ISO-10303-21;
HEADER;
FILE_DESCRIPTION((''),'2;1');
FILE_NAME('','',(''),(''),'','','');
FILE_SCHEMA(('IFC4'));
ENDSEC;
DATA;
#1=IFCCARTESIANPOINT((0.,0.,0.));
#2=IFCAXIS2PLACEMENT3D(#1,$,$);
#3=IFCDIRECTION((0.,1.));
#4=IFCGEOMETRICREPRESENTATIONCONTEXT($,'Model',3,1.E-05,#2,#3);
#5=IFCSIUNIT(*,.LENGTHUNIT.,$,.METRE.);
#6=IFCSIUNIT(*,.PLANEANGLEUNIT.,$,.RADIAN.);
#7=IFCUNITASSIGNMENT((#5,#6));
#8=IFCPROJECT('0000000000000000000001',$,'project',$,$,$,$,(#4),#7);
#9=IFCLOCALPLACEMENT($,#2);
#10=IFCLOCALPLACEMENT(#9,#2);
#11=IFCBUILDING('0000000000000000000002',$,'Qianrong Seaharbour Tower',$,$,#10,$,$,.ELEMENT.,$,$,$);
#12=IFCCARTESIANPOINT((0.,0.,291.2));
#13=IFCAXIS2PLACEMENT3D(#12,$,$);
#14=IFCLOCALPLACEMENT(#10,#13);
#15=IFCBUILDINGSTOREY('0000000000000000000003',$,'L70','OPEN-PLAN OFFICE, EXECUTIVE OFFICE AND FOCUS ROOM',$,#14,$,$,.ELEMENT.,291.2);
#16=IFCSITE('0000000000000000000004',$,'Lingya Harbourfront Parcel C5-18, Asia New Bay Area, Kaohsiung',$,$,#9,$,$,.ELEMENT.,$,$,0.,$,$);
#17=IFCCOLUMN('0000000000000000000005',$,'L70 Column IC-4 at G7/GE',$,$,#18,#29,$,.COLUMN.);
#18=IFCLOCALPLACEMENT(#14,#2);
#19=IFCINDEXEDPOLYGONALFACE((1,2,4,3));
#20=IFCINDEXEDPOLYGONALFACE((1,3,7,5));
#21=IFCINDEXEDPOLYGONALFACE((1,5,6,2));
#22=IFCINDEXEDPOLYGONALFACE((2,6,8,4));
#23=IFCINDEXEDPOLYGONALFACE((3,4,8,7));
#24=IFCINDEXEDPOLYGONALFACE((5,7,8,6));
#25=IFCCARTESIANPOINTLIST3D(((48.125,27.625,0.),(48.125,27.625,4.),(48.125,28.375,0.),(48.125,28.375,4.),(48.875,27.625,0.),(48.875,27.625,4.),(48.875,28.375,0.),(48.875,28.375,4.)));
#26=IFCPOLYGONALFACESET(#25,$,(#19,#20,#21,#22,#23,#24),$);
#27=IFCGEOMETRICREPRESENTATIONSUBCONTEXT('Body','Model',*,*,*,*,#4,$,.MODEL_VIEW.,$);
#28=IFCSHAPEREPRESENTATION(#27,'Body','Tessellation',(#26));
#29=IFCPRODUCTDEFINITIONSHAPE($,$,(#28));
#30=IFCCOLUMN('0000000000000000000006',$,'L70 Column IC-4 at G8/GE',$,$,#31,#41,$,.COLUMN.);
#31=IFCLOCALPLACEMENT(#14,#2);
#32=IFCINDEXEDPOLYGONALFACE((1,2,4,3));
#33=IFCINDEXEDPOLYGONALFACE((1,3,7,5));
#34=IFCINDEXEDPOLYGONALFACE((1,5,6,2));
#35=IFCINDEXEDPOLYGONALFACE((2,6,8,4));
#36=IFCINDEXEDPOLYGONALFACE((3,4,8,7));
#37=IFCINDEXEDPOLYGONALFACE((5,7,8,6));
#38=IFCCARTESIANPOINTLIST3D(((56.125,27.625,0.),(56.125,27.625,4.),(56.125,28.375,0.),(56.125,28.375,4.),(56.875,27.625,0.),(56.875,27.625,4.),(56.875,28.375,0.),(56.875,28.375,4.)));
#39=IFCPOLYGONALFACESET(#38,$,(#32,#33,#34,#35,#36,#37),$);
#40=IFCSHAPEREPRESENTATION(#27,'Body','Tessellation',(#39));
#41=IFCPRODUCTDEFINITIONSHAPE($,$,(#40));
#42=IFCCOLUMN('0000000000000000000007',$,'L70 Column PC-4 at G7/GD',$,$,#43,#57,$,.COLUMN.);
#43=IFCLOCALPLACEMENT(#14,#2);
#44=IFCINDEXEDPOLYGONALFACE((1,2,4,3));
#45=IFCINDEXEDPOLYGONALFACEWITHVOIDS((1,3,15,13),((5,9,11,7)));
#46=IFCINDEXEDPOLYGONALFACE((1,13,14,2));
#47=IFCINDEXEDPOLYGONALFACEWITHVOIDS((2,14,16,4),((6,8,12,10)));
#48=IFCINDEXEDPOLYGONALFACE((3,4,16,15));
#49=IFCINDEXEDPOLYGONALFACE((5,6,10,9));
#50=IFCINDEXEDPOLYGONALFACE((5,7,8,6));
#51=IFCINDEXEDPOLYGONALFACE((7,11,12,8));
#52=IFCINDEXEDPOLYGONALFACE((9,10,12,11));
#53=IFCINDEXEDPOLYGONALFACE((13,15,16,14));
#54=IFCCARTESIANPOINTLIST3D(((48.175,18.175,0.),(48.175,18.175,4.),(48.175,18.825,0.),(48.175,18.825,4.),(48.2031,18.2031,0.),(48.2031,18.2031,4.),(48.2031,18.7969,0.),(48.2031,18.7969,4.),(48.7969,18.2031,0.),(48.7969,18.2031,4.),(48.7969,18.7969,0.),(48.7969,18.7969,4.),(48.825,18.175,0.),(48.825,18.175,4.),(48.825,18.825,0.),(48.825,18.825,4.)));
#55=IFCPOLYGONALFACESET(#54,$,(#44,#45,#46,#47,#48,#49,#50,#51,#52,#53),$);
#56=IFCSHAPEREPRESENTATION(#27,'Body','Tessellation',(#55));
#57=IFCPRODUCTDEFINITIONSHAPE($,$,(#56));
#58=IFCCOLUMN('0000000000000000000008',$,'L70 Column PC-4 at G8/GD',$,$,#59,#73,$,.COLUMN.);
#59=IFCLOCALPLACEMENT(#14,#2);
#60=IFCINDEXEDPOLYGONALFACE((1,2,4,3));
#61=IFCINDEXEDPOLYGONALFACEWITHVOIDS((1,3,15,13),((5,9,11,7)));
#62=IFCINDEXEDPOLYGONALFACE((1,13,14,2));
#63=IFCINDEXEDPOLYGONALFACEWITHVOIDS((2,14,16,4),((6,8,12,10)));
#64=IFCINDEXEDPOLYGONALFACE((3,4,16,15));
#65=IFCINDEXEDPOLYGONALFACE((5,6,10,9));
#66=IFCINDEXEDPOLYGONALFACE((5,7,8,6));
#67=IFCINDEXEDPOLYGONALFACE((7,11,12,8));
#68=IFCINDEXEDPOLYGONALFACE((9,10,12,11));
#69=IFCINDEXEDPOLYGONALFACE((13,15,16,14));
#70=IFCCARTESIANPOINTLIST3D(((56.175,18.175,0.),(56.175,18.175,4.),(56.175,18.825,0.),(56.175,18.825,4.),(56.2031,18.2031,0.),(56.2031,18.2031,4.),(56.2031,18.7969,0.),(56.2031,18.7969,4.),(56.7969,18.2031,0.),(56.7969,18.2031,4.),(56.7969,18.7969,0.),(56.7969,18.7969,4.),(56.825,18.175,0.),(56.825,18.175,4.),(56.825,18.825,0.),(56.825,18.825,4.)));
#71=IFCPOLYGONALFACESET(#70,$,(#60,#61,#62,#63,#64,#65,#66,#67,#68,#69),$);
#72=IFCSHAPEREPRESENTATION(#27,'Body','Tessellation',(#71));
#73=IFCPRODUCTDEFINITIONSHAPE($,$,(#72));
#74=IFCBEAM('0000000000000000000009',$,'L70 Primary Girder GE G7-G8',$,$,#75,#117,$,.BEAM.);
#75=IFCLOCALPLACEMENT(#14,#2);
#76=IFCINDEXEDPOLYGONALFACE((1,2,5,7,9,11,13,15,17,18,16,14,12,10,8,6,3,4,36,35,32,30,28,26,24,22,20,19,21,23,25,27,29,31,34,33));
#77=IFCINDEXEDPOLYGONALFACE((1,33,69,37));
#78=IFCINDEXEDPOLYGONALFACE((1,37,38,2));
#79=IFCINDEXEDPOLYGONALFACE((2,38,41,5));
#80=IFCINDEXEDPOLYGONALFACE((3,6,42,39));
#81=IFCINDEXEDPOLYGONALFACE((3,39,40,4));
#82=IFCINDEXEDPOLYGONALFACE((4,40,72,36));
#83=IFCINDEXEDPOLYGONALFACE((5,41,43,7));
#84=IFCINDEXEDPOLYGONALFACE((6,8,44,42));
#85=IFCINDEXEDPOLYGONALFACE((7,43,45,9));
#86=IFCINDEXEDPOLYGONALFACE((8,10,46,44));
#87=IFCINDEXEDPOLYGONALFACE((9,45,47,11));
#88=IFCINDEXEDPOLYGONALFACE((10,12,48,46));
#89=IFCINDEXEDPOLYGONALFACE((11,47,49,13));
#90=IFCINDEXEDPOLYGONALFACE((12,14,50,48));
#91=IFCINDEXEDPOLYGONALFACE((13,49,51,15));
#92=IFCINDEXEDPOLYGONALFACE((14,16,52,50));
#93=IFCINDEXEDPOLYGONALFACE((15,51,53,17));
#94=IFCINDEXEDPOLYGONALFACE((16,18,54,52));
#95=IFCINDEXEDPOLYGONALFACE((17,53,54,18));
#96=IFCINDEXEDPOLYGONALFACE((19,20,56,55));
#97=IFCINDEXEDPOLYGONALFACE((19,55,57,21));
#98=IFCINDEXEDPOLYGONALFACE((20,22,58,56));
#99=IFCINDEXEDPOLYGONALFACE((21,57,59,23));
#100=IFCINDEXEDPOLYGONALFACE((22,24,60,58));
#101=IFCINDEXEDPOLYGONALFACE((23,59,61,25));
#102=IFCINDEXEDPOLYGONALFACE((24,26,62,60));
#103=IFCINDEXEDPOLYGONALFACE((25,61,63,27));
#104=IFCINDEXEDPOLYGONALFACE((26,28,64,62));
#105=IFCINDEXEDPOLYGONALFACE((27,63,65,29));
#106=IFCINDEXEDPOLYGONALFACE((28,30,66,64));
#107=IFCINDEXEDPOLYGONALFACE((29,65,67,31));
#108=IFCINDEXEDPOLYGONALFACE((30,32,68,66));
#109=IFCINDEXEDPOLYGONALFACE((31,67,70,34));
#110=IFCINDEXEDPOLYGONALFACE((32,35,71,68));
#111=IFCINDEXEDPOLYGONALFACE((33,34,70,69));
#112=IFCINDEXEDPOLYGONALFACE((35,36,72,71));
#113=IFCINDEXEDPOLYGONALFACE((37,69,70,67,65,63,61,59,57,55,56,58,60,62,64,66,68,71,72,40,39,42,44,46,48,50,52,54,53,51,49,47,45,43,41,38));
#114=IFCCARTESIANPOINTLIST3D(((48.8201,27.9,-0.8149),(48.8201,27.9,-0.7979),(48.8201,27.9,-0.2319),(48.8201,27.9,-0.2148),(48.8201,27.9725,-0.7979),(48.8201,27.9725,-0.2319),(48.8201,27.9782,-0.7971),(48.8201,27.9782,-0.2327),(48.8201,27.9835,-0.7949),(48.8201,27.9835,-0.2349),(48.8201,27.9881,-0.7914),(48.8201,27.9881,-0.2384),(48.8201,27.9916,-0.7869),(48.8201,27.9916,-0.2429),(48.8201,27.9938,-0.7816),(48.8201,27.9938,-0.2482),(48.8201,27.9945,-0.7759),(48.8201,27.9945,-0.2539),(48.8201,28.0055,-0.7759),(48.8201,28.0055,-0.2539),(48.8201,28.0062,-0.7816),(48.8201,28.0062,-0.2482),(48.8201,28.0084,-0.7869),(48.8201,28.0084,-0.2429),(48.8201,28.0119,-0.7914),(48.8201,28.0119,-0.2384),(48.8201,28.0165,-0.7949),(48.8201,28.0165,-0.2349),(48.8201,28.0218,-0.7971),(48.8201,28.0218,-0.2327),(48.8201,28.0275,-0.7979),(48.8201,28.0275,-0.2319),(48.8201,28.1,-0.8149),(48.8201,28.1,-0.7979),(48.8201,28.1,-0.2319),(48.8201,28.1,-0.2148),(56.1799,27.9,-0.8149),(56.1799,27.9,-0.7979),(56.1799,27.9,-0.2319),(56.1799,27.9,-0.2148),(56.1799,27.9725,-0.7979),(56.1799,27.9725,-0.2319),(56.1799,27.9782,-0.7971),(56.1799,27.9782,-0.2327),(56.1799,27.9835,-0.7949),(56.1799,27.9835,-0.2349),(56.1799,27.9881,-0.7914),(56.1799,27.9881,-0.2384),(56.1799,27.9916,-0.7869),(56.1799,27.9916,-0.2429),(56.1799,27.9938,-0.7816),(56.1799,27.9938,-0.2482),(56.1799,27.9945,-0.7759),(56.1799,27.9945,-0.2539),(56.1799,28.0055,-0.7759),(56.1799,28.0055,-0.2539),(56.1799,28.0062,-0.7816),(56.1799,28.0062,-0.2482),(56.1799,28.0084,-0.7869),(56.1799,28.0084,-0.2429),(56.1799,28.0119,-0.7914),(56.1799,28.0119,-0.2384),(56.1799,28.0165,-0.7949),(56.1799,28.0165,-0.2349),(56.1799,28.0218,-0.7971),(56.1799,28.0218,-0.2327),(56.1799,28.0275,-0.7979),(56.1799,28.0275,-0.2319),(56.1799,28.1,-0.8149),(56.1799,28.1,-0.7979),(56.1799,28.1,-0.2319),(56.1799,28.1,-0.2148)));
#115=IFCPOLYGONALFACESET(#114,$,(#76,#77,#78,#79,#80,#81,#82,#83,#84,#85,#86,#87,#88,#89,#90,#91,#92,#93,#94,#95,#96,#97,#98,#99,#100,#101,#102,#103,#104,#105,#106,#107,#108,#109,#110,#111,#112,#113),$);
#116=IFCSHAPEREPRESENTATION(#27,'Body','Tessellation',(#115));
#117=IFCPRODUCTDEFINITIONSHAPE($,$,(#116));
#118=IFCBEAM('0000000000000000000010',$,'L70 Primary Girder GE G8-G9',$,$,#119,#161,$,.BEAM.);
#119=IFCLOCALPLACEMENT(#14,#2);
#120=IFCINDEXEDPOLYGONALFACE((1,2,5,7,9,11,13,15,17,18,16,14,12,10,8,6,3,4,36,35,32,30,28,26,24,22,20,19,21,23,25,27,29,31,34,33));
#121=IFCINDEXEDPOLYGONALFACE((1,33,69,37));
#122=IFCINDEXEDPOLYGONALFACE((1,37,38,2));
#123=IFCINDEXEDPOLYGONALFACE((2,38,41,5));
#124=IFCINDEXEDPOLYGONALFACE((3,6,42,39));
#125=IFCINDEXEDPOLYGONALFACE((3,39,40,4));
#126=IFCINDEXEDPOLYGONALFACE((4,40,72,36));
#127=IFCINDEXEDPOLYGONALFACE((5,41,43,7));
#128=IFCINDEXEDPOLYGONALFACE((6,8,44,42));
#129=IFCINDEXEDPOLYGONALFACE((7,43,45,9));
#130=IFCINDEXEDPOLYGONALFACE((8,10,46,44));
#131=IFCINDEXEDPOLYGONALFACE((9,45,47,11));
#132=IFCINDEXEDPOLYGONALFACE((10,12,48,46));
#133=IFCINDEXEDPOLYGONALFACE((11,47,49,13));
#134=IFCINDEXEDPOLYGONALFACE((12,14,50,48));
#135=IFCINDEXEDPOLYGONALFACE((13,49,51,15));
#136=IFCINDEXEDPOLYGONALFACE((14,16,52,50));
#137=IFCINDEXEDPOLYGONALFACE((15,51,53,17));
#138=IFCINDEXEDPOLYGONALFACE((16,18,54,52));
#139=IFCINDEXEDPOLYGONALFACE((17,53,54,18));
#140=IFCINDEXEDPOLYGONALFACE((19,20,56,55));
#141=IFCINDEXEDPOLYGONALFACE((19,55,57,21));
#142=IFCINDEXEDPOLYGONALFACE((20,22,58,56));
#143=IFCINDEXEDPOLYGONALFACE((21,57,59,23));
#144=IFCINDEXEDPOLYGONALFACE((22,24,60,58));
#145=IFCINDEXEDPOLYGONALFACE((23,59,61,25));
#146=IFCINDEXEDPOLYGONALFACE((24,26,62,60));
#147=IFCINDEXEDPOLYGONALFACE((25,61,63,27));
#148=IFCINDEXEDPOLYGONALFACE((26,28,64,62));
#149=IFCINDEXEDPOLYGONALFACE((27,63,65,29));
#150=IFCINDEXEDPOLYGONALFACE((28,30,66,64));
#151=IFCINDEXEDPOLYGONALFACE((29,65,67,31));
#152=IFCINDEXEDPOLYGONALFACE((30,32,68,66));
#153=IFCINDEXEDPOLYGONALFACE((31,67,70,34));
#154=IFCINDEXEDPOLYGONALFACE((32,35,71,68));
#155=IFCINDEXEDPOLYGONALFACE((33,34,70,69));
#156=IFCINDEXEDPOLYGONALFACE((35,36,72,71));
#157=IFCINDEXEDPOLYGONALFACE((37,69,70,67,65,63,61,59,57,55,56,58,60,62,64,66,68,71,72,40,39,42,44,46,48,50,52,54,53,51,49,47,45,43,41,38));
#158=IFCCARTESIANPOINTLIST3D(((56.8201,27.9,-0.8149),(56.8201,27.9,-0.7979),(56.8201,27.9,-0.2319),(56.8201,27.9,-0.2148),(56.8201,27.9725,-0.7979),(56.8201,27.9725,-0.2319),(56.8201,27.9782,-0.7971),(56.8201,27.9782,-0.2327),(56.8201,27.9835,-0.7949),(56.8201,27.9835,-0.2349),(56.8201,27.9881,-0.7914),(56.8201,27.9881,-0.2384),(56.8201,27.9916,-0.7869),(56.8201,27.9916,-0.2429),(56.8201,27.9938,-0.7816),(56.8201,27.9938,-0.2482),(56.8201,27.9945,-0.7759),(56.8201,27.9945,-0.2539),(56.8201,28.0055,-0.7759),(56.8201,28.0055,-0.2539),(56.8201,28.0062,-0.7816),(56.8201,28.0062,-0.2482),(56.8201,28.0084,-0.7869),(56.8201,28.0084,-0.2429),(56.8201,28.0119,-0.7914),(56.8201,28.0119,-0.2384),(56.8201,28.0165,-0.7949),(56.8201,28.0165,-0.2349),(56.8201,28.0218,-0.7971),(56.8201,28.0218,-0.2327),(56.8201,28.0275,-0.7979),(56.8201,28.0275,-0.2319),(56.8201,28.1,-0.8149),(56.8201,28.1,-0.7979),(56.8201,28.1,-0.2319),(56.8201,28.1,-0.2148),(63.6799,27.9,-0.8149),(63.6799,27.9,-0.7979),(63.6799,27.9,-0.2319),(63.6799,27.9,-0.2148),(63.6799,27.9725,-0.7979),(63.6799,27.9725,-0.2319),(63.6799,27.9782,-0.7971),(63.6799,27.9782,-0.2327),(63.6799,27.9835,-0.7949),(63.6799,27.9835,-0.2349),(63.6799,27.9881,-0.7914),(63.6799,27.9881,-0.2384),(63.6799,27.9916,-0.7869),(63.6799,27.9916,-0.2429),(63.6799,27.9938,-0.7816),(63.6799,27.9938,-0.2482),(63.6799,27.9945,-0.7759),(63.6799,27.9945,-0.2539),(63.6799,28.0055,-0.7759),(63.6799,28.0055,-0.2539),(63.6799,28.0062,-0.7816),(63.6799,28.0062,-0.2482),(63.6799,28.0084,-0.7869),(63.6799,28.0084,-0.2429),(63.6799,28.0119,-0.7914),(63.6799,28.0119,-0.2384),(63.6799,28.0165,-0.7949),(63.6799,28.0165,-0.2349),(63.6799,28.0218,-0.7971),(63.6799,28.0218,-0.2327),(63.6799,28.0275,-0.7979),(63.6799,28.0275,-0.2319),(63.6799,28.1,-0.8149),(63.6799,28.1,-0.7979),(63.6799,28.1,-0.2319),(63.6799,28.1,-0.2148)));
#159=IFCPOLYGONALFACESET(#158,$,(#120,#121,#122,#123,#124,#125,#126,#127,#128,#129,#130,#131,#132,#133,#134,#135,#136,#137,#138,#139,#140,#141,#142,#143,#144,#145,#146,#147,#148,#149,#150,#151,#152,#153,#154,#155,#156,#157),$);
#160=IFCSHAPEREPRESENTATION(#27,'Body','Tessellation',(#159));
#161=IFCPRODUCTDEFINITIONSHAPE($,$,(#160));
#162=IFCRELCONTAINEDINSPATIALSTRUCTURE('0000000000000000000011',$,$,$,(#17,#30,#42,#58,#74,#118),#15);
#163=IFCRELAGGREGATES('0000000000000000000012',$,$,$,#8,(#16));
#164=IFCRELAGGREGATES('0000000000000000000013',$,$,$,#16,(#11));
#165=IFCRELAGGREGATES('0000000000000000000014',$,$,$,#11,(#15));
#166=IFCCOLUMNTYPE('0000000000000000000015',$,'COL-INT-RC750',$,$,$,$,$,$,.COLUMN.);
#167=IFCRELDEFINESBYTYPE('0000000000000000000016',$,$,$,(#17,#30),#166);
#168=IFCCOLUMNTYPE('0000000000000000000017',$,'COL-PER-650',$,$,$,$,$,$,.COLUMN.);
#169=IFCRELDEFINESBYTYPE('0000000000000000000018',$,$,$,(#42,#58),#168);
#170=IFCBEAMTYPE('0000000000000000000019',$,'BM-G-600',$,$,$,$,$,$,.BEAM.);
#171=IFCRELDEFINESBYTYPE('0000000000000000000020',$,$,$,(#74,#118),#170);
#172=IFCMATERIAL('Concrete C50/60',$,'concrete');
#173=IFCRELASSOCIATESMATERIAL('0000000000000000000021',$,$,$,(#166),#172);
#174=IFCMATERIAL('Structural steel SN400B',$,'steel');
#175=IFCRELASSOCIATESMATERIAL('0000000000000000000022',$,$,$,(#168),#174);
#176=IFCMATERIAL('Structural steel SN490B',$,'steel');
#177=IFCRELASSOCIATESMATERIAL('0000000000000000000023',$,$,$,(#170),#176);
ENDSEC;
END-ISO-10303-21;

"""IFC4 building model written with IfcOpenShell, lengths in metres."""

from ifc_helpers import new_model, si_unit, direction, frame, origin, origin_2d, place, context, subcontext, project, spatial, rectangle, hollow_rectangle, i_section, extrude, material, material_profile, profile_set, type_object, element, save


model = new_model("IFC4")

# Units and contexts
model_context = context("Model", 3, precision=1e-05, world=origin(), true_north=direction((0.0, 1.0)))
body_context = subcontext(model_context, "Body", "Model", "MODEL_VIEW")
ifc_project = project(units=[si_unit("LENGTHUNIT", "METRE"), si_unit("PLANEANGLEUNIT", "RADIAN")], contexts=[model_context])

# Site, building, storey
site_placement = place(None, origin())
site = spatial("IfcSite", under=ifc_project, at=site_placement, Name="Lingya Harbourfront Parcel C5-18, Asia New Bay Area, Kaohsiung", CompositionType="ELEMENT", RefElevation=0.0)
building_placement = place(site_placement, origin())
building = spatial("IfcBuilding", under=site, at=building_placement, Name="Qianrong Seaharbour Tower", CompositionType="ELEMENT")
storey_placement = place(building_placement, frame((0.0, 0.0, 291.2)))
storey = spatial("IfcBuildingStorey", under=building, at=storey_placement, Name="L70", Description="OPEN-PLAN OFFICE, EXECUTIVE OFFICE AND FOCUS ROOM", CompositionType="ELEMENT", Elevation=291.2)

# Columns
ifc_material_1 = material(Name="Concrete C50/60", Category="concrete")
ifc_material_profile_1 = material_profile(ifc_material_1, rectangle(XDim=0.75, YDim=0.75, at=origin_2d()), Name="RC750x750")
ifc_profile_set_1 = profile_set([ifc_material_profile_1], Name="Concrete C50/60")
column_type_1 = type_object("IfcColumnType", Name="COL-INT-RC750", PredefinedType="COLUMN", material=ifc_profile_set_1)
for number, where, z_axis, x_axis, name in (
    (1, (48.5, 28.0, 0.0), (0.0, 0.0, 1.0), (1.0, 0.0, 0.0), "L70 Column IC-4 at G7/GE"),
    (2, (56.5, 28.0, 0.0), (0.0, 0.0, 1.0), (1.0, 0.0, 0.0), "L70 Column IC-4 at G8/GE"),
):
    element("IfcColumn", number, at=place(storey_placement, frame(where, z_axis=z_axis, x_axis=x_axis)), inside=storey, type_object=column_type_1, Name=name, PredefinedType="COLUMN", context=body_context, shape_type="SweptSolid", body=[
        extrude(rectangle(XDim=0.75, YDim=0.75, at=origin_2d()), origin(), (0.0, 0.0, 1.0), 4.0),
    ])
ifc_material_2 = material(Name="Structural steel SN400B", Category="steel")
ifc_material_profile_2 = material_profile(ifc_material_2, hollow_rectangle(XDim=0.6499, YDim=0.6499, WallThickness=0.0281, at=origin_2d()), Name="BOX650x650x28")
ifc_profile_set_2 = profile_set([ifc_material_profile_2], Name="Structural steel SN400B")
column_type_2 = type_object("IfcColumnType", Name="COL-PER-650", PredefinedType="COLUMN", material=ifc_profile_set_2)
for number, where, z_axis, x_axis, name in (
    (3, (48.5, 18.5, 0.0), (0.0, 0.0, 1.0), (1.0, 0.0, 0.0), "L70 Column PC-4 at G7/GD"),
    (4, (56.5, 18.5, 0.0), (0.0, 0.0, 1.0), (1.0, 0.0, 0.0), "L70 Column PC-4 at G8/GD"),
):
    element("IfcColumn", number, at=place(storey_placement, frame(where, z_axis=z_axis, x_axis=x_axis)), inside=storey, type_object=column_type_2, Name=name, PredefinedType="COLUMN", context=body_context, shape_type="SweptSolid", body=[
        extrude(hollow_rectangle(XDim=0.6499, YDim=0.6499, WallThickness=0.0281, at=origin_2d()), origin(), (0.0, 0.0, 1.0), 4.0),
    ])

# Beams
ifc_material_3 = material(Name="Structural steel SN490B", Category="steel")
ifc_material_profile_3 = material_profile(ifc_material_3, i_section(OverallWidth=0.2, OverallDepth=0.6001, WebThickness=0.011, FlangeThickness=0.0171, FilletRadius=0.022, at=origin_2d()), Name="H600x200x11x17")
ifc_profile_set_3 = profile_set([ifc_material_profile_3], Name="Structural steel SN490B")
beam_type_1 = type_object("IfcBeamType", Name="BM-G-600", PredefinedType="BEAM", material=ifc_profile_set_3)
beam_1_placement = place(storey_placement, frame((48.8201, 28.0, -0.5149), z_axis=(1.0, 0.0, 0.0), x_axis=(0.0, 1.0, 0.0)))
element("IfcBeam", 5, at=beam_1_placement, inside=storey, type_object=beam_type_1, Name="L70 Primary Girder GE G7-G8", PredefinedType="BEAM", context=body_context, shape_type="SweptSolid", body=[
    extrude(i_section(OverallWidth=0.2, OverallDepth=0.6001, WebThickness=0.011, FlangeThickness=0.0171, FilletRadius=0.022, at=origin_2d()), origin(), (0.0, 0.0, 1.0), 7.3599),
])
beam_2_placement = place(storey_placement, frame((56.8201, 28.0, -0.5149), z_axis=(1.0, 0.0, 0.0), x_axis=(0.0, 1.0, 0.0)))
element("IfcBeam", 6, at=beam_2_placement, inside=storey, type_object=beam_type_1, Name="L70 Primary Girder GE G8-G9", PredefinedType="BEAM", context=body_context, shape_type="SweptSolid", body=[
    extrude(i_section(OverallWidth=0.2, OverallDepth=0.6001, WebThickness=0.011, FlangeThickness=0.0171, FilletRadius=0.022, at=origin_2d()), origin(), (0.0, 0.0, 1.0), 6.8599),
])

save(model, "model.ifc")
